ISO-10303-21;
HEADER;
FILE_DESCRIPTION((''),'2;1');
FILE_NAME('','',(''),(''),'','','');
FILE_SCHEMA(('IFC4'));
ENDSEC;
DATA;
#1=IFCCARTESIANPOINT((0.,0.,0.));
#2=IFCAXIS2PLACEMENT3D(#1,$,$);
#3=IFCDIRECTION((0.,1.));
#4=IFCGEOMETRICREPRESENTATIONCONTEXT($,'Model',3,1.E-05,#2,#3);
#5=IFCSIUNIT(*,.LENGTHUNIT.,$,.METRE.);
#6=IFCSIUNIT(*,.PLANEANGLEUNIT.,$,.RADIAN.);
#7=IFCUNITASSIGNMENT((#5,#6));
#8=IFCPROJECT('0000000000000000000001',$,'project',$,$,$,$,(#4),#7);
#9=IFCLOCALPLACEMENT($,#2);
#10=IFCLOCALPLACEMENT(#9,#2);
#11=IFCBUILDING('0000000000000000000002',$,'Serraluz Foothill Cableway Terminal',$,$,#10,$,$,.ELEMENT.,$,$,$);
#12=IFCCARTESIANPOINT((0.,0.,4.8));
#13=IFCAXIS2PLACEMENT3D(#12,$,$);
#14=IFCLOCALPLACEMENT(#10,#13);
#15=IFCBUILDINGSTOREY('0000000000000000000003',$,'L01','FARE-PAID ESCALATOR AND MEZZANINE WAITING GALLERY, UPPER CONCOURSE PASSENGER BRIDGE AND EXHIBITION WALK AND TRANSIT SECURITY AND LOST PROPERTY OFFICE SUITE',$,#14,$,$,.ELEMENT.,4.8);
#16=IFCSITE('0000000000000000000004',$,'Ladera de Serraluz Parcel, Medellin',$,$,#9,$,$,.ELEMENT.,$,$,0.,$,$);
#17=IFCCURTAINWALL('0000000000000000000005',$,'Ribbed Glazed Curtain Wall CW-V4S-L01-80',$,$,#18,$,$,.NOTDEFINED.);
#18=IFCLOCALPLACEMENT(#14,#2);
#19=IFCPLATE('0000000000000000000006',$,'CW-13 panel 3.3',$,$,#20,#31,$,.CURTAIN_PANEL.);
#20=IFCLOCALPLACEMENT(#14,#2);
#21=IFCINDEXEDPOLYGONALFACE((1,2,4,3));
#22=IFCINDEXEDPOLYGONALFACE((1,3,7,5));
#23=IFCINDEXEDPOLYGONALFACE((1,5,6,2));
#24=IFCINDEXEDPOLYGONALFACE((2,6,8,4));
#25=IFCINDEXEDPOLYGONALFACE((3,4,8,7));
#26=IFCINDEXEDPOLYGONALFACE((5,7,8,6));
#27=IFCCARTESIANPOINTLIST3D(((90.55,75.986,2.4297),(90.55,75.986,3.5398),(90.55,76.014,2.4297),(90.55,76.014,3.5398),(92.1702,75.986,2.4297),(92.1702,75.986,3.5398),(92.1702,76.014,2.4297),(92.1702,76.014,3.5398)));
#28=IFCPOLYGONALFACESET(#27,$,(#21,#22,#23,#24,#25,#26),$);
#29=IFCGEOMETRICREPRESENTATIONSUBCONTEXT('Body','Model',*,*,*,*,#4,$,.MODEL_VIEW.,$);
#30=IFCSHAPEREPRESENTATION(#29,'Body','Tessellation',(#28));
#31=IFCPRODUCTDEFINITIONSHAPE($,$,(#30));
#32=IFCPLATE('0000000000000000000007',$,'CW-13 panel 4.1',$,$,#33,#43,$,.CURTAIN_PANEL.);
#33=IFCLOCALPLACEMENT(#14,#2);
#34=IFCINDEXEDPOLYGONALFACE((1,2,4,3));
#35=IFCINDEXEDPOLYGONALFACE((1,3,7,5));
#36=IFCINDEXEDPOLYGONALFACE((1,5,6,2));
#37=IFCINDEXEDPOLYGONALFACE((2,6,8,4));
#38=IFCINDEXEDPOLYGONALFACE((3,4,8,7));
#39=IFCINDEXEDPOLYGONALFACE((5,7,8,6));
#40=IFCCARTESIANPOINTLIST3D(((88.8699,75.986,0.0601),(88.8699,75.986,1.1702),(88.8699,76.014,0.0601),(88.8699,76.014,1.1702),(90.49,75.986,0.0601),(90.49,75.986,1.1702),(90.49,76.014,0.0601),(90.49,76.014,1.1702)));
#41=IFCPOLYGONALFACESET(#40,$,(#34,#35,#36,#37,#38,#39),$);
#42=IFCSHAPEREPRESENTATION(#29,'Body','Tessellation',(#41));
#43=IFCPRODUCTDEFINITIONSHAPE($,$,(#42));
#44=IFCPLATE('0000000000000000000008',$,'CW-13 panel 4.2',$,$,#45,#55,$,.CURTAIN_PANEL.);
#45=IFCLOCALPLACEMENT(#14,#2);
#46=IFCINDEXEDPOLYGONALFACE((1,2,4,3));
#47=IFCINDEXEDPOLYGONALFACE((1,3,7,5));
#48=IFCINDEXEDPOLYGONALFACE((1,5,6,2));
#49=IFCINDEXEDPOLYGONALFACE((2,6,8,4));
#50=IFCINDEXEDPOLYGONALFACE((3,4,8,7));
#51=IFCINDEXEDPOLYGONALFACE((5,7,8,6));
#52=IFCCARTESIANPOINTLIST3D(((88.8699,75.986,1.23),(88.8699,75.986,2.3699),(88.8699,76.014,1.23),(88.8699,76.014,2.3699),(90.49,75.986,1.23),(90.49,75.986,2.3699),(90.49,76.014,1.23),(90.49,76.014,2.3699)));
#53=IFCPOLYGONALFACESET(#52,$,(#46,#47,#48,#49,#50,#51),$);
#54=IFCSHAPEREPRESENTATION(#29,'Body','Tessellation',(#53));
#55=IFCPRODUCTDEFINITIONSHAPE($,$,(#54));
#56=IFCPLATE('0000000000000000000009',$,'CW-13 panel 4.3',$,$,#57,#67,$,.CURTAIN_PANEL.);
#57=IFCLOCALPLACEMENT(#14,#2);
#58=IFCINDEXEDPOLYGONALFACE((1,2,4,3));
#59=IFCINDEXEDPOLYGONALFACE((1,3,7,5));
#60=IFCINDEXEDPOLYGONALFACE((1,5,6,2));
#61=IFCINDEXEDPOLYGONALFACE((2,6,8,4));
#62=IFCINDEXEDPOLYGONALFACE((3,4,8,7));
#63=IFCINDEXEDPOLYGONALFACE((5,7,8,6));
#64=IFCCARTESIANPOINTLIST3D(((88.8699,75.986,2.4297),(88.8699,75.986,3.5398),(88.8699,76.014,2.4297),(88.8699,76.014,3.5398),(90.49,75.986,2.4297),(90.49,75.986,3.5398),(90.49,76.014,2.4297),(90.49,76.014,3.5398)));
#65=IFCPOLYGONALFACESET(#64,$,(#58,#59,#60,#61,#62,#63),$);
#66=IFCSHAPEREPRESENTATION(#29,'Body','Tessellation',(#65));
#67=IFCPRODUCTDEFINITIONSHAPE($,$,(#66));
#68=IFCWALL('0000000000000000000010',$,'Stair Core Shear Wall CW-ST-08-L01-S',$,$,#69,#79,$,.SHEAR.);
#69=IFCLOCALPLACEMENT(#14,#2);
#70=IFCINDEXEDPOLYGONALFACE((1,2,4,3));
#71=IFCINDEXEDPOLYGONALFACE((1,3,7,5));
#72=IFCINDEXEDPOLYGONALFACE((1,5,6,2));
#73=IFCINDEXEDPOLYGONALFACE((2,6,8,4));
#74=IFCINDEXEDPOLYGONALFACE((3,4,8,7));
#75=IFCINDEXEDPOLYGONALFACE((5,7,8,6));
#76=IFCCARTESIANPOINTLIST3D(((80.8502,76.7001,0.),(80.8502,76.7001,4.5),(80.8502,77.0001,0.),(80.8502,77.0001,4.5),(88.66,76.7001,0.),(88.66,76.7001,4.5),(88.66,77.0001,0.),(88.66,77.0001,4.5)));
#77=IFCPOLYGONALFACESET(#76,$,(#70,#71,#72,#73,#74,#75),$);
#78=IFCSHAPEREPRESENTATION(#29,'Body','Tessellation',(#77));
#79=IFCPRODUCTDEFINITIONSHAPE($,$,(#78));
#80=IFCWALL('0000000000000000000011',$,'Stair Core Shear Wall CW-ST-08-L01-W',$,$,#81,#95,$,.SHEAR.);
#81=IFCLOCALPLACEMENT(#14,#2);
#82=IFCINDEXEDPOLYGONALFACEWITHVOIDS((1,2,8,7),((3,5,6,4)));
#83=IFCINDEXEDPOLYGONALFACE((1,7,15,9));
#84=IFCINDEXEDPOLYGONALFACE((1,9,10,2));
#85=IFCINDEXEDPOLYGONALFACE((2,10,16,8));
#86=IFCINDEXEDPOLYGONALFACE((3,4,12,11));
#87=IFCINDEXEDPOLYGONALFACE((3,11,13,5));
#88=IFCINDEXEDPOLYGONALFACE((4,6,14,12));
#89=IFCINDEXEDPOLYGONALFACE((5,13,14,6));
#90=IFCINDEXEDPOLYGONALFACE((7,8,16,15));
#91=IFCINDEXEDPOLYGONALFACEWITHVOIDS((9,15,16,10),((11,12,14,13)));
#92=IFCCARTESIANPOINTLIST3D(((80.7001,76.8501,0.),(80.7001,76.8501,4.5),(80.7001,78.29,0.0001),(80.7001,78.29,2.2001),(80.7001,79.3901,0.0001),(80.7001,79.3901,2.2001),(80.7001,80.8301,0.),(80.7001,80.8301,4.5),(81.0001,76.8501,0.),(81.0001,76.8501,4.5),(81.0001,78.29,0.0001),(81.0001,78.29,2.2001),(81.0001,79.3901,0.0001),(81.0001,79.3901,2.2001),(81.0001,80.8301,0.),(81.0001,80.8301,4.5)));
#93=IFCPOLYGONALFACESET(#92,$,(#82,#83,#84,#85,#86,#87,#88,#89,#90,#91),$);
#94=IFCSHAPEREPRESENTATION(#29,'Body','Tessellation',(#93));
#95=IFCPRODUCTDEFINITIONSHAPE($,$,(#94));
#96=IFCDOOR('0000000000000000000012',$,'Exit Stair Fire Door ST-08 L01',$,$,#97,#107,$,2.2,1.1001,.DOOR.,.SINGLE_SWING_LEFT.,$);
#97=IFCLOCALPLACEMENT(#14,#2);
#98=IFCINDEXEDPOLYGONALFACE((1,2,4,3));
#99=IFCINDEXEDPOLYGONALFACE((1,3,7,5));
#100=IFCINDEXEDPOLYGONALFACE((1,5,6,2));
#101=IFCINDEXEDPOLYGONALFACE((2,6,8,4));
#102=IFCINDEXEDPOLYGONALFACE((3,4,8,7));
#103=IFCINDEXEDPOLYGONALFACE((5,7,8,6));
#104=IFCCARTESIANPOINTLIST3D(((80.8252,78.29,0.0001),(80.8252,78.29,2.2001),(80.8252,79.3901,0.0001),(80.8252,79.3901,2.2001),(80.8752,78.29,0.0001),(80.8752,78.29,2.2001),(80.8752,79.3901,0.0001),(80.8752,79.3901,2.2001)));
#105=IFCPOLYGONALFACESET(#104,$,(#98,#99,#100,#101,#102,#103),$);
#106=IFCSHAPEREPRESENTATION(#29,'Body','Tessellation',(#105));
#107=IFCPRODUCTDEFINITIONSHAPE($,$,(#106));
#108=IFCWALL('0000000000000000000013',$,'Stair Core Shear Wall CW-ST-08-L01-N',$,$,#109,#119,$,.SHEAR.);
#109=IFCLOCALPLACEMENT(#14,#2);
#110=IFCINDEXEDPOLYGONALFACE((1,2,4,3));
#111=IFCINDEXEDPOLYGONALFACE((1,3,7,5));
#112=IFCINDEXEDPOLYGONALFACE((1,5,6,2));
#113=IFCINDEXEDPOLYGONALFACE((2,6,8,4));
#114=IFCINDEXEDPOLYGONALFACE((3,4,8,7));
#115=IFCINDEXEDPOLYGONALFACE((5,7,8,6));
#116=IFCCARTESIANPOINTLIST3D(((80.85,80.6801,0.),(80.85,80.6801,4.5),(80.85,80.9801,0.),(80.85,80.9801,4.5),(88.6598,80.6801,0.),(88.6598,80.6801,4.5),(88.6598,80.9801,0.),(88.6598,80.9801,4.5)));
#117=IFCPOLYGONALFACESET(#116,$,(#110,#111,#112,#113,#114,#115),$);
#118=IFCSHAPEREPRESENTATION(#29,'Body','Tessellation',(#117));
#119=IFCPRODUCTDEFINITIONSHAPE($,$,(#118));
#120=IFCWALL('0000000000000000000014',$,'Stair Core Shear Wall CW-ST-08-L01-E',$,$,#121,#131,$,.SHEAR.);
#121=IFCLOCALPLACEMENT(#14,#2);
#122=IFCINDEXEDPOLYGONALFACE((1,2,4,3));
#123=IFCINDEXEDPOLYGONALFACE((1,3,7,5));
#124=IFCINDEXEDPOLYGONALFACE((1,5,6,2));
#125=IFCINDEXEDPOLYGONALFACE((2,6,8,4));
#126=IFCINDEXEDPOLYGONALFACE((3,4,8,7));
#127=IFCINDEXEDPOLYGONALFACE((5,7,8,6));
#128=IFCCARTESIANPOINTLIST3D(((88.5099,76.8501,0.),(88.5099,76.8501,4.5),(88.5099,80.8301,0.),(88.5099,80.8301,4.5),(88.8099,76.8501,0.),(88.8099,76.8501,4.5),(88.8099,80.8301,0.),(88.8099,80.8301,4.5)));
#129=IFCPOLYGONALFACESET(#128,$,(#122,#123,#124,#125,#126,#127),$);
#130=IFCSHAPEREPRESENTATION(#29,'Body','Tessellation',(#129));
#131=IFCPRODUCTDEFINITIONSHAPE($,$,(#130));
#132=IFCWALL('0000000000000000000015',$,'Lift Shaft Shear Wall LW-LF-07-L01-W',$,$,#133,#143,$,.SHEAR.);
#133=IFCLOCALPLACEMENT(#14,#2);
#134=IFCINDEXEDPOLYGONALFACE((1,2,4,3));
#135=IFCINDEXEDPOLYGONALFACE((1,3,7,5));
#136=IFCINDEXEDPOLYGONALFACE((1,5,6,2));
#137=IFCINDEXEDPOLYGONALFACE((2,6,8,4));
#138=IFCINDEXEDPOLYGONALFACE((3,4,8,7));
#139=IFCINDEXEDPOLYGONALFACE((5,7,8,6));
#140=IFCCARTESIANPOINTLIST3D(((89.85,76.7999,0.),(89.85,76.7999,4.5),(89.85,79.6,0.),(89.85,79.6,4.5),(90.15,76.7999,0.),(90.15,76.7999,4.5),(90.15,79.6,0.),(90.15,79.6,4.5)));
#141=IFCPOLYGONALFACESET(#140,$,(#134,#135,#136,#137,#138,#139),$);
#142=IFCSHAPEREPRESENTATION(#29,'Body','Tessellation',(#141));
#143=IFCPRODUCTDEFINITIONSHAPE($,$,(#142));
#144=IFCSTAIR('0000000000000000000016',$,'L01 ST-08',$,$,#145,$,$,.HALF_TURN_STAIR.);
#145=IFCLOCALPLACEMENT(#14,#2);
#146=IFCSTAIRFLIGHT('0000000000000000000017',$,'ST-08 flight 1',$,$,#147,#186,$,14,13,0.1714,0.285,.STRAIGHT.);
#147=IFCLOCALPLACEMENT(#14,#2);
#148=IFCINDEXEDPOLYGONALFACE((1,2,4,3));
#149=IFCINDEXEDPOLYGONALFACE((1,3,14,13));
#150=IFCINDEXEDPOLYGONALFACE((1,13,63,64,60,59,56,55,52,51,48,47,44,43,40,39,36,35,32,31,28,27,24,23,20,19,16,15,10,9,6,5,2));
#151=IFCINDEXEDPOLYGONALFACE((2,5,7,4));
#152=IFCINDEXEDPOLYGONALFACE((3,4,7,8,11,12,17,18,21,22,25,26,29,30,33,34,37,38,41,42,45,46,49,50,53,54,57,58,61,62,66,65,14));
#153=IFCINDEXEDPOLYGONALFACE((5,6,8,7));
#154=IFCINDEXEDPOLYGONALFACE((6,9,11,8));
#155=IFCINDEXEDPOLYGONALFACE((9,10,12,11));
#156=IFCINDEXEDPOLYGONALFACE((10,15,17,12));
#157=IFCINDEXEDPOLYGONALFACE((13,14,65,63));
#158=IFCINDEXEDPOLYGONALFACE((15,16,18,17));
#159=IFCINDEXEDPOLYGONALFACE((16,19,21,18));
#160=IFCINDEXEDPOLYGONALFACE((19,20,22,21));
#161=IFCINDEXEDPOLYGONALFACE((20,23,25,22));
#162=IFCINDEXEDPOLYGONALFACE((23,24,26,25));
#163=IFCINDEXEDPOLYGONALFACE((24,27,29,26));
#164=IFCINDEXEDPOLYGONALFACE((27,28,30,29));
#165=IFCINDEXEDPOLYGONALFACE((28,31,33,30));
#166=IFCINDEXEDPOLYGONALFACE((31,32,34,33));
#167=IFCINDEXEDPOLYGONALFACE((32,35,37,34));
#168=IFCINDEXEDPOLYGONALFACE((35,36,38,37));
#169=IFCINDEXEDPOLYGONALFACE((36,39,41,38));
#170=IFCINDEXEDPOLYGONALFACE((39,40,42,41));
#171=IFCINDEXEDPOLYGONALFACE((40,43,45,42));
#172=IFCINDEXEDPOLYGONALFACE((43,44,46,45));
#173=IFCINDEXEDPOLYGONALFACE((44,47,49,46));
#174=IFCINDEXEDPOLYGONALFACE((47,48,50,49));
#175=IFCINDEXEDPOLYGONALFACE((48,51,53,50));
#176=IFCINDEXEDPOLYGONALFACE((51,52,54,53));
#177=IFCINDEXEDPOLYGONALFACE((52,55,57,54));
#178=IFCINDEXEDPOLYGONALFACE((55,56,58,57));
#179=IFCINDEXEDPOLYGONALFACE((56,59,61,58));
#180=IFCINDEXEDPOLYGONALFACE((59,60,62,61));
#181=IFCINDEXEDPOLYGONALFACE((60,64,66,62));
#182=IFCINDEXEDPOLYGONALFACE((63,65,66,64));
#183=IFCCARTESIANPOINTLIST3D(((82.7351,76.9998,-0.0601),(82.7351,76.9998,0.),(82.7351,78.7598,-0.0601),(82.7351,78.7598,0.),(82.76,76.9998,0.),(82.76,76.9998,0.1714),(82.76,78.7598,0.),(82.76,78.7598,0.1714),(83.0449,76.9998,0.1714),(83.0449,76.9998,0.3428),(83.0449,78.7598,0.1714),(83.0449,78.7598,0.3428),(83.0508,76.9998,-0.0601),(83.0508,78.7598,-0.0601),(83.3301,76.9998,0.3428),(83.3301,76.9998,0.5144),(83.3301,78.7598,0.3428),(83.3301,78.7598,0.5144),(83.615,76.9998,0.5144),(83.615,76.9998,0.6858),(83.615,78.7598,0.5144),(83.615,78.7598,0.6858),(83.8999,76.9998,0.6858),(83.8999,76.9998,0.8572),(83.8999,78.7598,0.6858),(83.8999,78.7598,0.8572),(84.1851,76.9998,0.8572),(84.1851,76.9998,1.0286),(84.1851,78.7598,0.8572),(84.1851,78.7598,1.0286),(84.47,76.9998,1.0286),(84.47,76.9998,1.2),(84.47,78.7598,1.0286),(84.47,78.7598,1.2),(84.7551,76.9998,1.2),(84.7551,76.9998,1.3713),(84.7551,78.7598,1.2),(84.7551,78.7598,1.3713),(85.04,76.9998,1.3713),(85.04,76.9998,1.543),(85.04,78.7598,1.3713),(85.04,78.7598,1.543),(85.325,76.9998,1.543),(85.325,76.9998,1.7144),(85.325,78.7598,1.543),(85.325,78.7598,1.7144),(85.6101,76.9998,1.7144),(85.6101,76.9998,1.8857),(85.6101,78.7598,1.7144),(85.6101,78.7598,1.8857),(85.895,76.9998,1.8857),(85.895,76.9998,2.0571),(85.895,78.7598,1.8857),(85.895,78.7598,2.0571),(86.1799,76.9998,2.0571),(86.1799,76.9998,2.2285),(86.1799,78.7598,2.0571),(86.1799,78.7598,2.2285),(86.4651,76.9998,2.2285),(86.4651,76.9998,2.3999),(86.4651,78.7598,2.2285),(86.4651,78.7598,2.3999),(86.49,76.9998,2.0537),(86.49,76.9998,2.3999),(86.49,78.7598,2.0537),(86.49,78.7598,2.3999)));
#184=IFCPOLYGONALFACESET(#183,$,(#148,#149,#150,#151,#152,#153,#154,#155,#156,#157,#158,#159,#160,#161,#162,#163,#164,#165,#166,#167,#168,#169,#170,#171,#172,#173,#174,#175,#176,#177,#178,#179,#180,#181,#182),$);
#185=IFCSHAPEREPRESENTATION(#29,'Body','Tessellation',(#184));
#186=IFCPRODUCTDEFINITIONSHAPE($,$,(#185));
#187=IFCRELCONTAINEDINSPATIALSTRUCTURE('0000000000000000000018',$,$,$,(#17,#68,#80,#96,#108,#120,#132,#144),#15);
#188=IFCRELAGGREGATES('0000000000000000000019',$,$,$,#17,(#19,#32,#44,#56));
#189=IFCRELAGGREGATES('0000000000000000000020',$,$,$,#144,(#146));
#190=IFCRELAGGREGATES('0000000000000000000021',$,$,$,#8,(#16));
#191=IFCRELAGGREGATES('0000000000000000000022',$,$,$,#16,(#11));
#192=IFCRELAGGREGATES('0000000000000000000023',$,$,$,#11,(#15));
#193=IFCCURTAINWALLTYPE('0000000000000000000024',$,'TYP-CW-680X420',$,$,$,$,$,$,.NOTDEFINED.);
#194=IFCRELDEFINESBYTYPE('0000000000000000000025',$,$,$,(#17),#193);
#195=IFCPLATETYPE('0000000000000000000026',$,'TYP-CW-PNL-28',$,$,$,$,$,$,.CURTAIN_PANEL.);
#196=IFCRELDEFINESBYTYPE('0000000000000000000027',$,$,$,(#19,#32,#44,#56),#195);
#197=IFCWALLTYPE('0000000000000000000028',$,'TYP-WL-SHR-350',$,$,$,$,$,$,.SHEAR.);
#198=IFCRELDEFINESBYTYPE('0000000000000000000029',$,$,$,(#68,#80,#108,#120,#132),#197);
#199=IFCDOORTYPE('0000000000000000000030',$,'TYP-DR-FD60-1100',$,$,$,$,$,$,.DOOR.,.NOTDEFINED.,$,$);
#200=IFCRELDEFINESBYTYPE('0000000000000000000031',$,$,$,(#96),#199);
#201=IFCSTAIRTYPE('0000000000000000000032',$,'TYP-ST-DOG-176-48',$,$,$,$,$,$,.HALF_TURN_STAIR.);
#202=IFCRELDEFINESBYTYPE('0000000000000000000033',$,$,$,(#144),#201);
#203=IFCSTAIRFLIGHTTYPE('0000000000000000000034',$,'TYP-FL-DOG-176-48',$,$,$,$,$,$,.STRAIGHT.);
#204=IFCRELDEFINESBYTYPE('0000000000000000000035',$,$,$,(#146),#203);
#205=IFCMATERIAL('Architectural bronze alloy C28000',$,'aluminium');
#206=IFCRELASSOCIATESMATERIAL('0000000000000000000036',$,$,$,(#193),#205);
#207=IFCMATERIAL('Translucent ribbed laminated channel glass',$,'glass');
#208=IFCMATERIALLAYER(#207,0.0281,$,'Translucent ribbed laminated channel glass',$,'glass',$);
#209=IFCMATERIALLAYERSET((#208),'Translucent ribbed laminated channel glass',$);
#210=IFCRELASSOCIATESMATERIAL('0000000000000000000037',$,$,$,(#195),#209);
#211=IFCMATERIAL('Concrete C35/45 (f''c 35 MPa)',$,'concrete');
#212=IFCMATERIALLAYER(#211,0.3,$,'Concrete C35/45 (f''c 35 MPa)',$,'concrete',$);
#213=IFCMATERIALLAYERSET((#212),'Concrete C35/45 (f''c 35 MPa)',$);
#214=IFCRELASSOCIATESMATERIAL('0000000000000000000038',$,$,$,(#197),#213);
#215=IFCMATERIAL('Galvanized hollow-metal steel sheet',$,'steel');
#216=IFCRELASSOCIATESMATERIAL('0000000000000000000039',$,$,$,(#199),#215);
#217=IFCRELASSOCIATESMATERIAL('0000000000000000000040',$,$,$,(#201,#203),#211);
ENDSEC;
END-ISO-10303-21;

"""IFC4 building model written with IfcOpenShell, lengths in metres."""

from ifc_helpers import new_model, si_unit, direction, frame, frame_2d, origin, origin_2d, place, context, subcontext, project, spatial, polyline, rectangle, outline, extrude, material, layer, layer_set, type_object, element, fill, aggregate, save


model = new_model("IFC4")

# Units and contexts
model_context = context("Model", 3, precision=1e-05, world=origin(), true_north=direction((0.0, 1.0)))
body_context = subcontext(model_context, "Body", "Model", "MODEL_VIEW")
ifc_project = project(units=[si_unit("LENGTHUNIT", "METRE"), si_unit("PLANEANGLEUNIT", "RADIAN")], contexts=[model_context])

# Site, building, storey
site_placement = place(None, origin())
site = spatial("IfcSite", under=ifc_project, at=site_placement, Name="Ladera de Serraluz Parcel, Medellin", CompositionType="ELEMENT", RefElevation=0.0)
building_placement = place(site_placement, origin())
building = spatial("IfcBuilding", under=site, at=building_placement, Name="Serraluz Foothill Cableway Terminal", CompositionType="ELEMENT")
storey_placement = place(building_placement, frame((0.0, 0.0, 4.8)))
storey = spatial("IfcBuildingStorey", under=building, at=storey_placement, Name="L01", Description="FARE-PAID ESCALATOR AND MEZZANINE WAITING GALLERY, UPPER CONCOURSE PASSENGER BRIDGE AND EXHIBITION WALK AND TRANSIT SECURITY AND LOST PROPERTY OFFICE SUITE", CompositionType="ELEMENT", Elevation=4.8)

# Curtain wall
ifc_material_1 = material(Name="Architectural bronze alloy C28000", Category="aluminium")
curtain_wall_type = type_object("IfcCurtainWallType", Name="TYP-CW-680X420", PredefinedType="NOTDEFINED", material=ifc_material_1)
curtain_wall_1_placement = place(storey_placement, origin())
curtain_wall_1 = element("IfcCurtainWall", 1, at=curtain_wall_1_placement, inside=storey, type_object=curtain_wall_type, Name="Ribbed Glazed Curtain Wall CW-V4S-L01-80", PredefinedType="NOTDEFINED")

# Plates
ifc_material_2 = material(Name="Translucent ribbed laminated channel glass", Category="glass")
ifc_layer_1 = layer(ifc_material_2, 0.0281, Name="Translucent ribbed laminated channel glass", Category="glass")
ifc_layer_set_1 = layer_set([ifc_layer_1], Name="Translucent ribbed laminated channel glass")
plate_type = type_object("IfcPlateType", Name="TYP-CW-PNL-28", PredefinedType="CURTAIN_PANEL", material=ifc_layer_set_1)
plate_1_placement = place(storey_placement, frame((91.3601, 76.0, 2.4297), z_axis=(0.0, 0.0, 1.0), x_axis=(-1.0, 0.0, 0.0)))
plate_1 = element("IfcPlate", 2, at=plate_1_placement, type_object=plate_type, Name="CW-13 panel 3.3", PredefinedType="CURTAIN_PANEL", context=body_context, shape_type="SweptSolid", body=[
    extrude(rectangle(XDim=1.6201, YDim=0.0281, at=origin_2d()), origin(), (0.0, 0.0, 1.0), 1.1101),
])
plate_2_placement = place(storey_placement, frame((89.6799, 76.0, 0.0601), z_axis=(0.0, 0.0, 1.0), x_axis=(-1.0, 0.0, 0.0)))
plate_2 = element("IfcPlate", 3, at=plate_2_placement, type_object=plate_type, Name="CW-13 panel 4.1", PredefinedType="CURTAIN_PANEL", context=body_context, shape_type="SweptSolid", body=[
    extrude(rectangle(XDim=1.6201, YDim=0.0281, at=origin_2d()), origin(), (0.0, 0.0, 1.0), 1.1101),
])
plate_3_placement = place(storey_placement, frame((89.6799, 76.0, 1.23), z_axis=(0.0, 0.0, 1.0), x_axis=(-1.0, 0.0, 0.0)))
plate_3 = element("IfcPlate", 4, at=plate_3_placement, type_object=plate_type, Name="CW-13 panel 4.2", PredefinedType="CURTAIN_PANEL", context=body_context, shape_type="SweptSolid", body=[
    extrude(rectangle(XDim=1.6201, YDim=0.0281, at=origin_2d()), origin(), (0.0, 0.0, 1.0), 1.1399),
])
plate_4_placement = place(storey_placement, frame((89.6799, 76.0, 2.4297), z_axis=(0.0, 0.0, 1.0), x_axis=(-1.0, 0.0, 0.0)))
plate_4 = element("IfcPlate", 5, at=plate_4_placement, type_object=plate_type, Name="CW-13 panel 4.3", PredefinedType="CURTAIN_PANEL", context=body_context, shape_type="SweptSolid", body=[
    extrude(rectangle(XDim=1.6201, YDim=0.0281, at=origin_2d()), origin(), (0.0, 0.0, 1.0), 1.1101),
])
aggregate(curtain_wall_1, [plate_1, plate_2, plate_3, plate_4])

# Wall
ifc_material_3 = material(Name="Concrete C35/45 (f'c 35 MPa)", Category="concrete")
ifc_layer_2 = layer(ifc_material_3, 0.3, Name="Concrete C35/45 (f'c 35 MPa)", Category="concrete")
ifc_layer_set_2 = layer_set([ifc_layer_2], Name="Concrete C35/45 (f'c 35 MPa)")
wall_type = type_object("IfcWallType", Name="TYP-WL-SHR-350", PredefinedType="SHEAR", material=ifc_layer_set_2)
wall_1_placement = place(storey_placement, frame((88.6599, 76.8501, 0.0), z_axis=(0.0, 0.0, 1.0), x_axis=(-1.0, 0.0, 0.0)))
element("IfcWall", 6, at=wall_1_placement, inside=storey, type_object=wall_type, Name="Stair Core Shear Wall CW-ST-08-L01-S", PredefinedType="SHEAR", context=body_context, shape_type="SweptSolid", body=[
    extrude(rectangle(XDim=7.8098, YDim=0.3, at=frame_2d((3.9048, 0.0))), origin(), (0.0, 0.0, 1.0), 4.5),
])

# Wall, opening, door
wall_2_placement = place(storey_placement, frame((80.8501, 76.8501, 0.0), z_axis=(0.0, 0.0, 1.0), x_axis=(0.0, 1.0, 0.0)))
wall_2 = element("IfcWall", 7, at=wall_2_placement, inside=storey, type_object=wall_type, Name="Stair Core Shear Wall CW-ST-08-L01-W", PredefinedType="SHEAR", context=body_context, shape_type="SweptSolid", body=[
    extrude(rectangle(XDim=3.98, YDim=0.3, at=frame_2d((1.99, 0.0))), origin(), (0.0, 0.0, 1.0), 4.5),
])
opening_1_placement = place(wall_2_placement, frame((1.4399, 0.0, 0.0)))
opening_1 = element("IfcOpeningElement", 8, at=opening_1_placement, cuts=wall_2, PredefinedType="OPENING", context=body_context, shape_type="SweptSolid", body=[
    extrude(rectangle(XDim=1.1001, YDim=2.2, at=frame_2d((0.55, 1.1001))), frame((0.0, 0.1602, 0.0), z_axis=(0.0, -1.0, 0.0), x_axis=(1.0, 0.0, 0.0)), (0.0, 0.0, 1.0), 0.3201),
])
ifc_material_4 = material(Name="Galvanized hollow-metal steel sheet", Category="steel")
door_type_1 = type_object("IfcDoorType", Name="TYP-DR-FD60-1100", OperationType="NOTDEFINED", PredefinedType="DOOR", material=ifc_material_4)
door_1_placement = place(opening_1_placement, origin())
door_1 = element("IfcDoor", 9, at=door_1_placement, inside=storey, type_object=door_type_1, Name="Exit Stair Fire Door ST-08 L01", OperationType="SINGLE_SWING_LEFT", OverallHeight=2.2, OverallWidth=1.1001, PredefinedType="DOOR", context=body_context, shape_type="SweptSolid", body=[
    extrude(rectangle(XDim=1.1001, YDim=2.2, at=frame_2d((0.55, 1.1001))), frame((0.0, 0.0249, 0.0), z_axis=(0.0, -1.0, 0.0), x_axis=(1.0, 0.0, 0.0)), (0.0, 0.0, 1.0), 0.05),
])
fill(opening_1, door_1)

# Walls
wall_3_placement = place(storey_placement, frame((80.8501, 80.8301, 0.0), z_axis=(0.0, 0.0, 1.0), x_axis=(1.0, 0.0, 0.0)))
element("IfcWall", 10, at=wall_3_placement, inside=storey, type_object=wall_type, Name="Stair Core Shear Wall CW-ST-08-L01-N", PredefinedType="SHEAR", context=body_context, shape_type="SweptSolid", body=[
    extrude(rectangle(XDim=7.8098, YDim=0.3, at=frame_2d((3.9048, 0.0))), origin(), (0.0, 0.0, 1.0), 4.5),
])
wall_4_placement = place(storey_placement, frame((88.6599, 80.8301, 0.0), z_axis=(0.0, 0.0, 1.0), x_axis=(0.0, -1.0, 0.0)))
element("IfcWall", 11, at=wall_4_placement, inside=storey, type_object=wall_type, Name="Stair Core Shear Wall CW-ST-08-L01-E", PredefinedType="SHEAR", context=body_context, shape_type="SweptSolid", body=[
    extrude(rectangle(XDim=3.98, YDim=0.3, at=frame_2d((1.99, 0.0))), origin(), (0.0, 0.0, 1.0), 4.5),
])
wall_5_placement = place(storey_placement, frame((90.0, 76.8, 0.0), z_axis=(0.0, 0.0, 1.0), x_axis=(0.0, 1.0, 0.0)))
element("IfcWall", 12, at=wall_5_placement, inside=storey, type_object=wall_type, Name="Lift Shaft Shear Wall LW-LF-07-L01-W", PredefinedType="SHEAR", context=body_context, shape_type="SweptSolid", body=[
    extrude(rectangle(XDim=2.8, YDim=0.3, at=frame_2d((1.3999, 0.0))), origin(), (0.0, 0.0, 1.0), 4.5),
])

# Stair, stair flight
stair_type = type_object("IfcStairType", Name="TYP-ST-DOG-176-48", PredefinedType="HALF_TURN_STAIR", material=ifc_material_3)
stair_placement = place(storey_placement, origin())
stair = element("IfcStair", 13, at=stair_placement, inside=storey, type_object=stair_type, Name="L01 ST-08", PredefinedType="HALF_TURN_STAIR")
stair_flight_type = type_object("IfcStairFlightType", Name="TYP-FL-DOG-176-48", PredefinedType="STRAIGHT", material=ifc_material_3)
stair_flight_1_placement = place(storey_placement, frame((82.76, 77.8799, 0.0), z_axis=(0.0, 0.0, 1.0), x_axis=(1.0, 0.0, 0.0)))
stair_flight_1 = element("IfcStairFlight", 14, at=stair_flight_1_placement, type_object=stair_flight_type, Name="ST-08 flight 1", NumberOfRisers=14, NumberOfTreads=13, PredefinedType="STRAIGHT", RiserHeight=0.1714, TreadLength=0.285, context=body_context, shape_type="SweptSolid", body=[
    extrude(outline(polyline([(-0.0249, -0.0601), (-0.0249, 0.0), (0.0, 0.0), (0.0, 0.1714), (0.2849, 0.1714), (0.2849, 0.3428), (0.5701, 0.3428), (0.5701, 0.5144), (0.855, 0.5144), (0.855, 0.6858), (1.1399, 0.6858), (1.1399, 0.8572), (1.425, 0.8572), (1.425, 1.0286), (1.71, 1.0286), (1.71, 1.2), (1.9951, 1.2), (1.9951, 1.3713), (2.28, 1.3713), (2.28, 1.543), (2.5649, 1.543), (2.5649, 1.7144), (2.8501, 1.7144), (2.8501, 1.8857), (3.135, 1.8857), (3.135, 2.0571), (3.4199, 2.0571), (3.4199, 2.2285), (3.7051, 2.2285), (3.7051, 2.3999), (3.73, 2.3999), (3.73, 2.0537), (0.2908, -0.0601), (-0.0249, -0.0601)])), frame((0.0, 0.8799, 0.0), z_axis=(0.0, -1.0, 0.0), x_axis=(1.0, 0.0, 0.0)), (0.0, 0.0, 1.0), 1.76),
])
aggregate(stair, [stair_flight_1])

save(model, "model.ifc")
